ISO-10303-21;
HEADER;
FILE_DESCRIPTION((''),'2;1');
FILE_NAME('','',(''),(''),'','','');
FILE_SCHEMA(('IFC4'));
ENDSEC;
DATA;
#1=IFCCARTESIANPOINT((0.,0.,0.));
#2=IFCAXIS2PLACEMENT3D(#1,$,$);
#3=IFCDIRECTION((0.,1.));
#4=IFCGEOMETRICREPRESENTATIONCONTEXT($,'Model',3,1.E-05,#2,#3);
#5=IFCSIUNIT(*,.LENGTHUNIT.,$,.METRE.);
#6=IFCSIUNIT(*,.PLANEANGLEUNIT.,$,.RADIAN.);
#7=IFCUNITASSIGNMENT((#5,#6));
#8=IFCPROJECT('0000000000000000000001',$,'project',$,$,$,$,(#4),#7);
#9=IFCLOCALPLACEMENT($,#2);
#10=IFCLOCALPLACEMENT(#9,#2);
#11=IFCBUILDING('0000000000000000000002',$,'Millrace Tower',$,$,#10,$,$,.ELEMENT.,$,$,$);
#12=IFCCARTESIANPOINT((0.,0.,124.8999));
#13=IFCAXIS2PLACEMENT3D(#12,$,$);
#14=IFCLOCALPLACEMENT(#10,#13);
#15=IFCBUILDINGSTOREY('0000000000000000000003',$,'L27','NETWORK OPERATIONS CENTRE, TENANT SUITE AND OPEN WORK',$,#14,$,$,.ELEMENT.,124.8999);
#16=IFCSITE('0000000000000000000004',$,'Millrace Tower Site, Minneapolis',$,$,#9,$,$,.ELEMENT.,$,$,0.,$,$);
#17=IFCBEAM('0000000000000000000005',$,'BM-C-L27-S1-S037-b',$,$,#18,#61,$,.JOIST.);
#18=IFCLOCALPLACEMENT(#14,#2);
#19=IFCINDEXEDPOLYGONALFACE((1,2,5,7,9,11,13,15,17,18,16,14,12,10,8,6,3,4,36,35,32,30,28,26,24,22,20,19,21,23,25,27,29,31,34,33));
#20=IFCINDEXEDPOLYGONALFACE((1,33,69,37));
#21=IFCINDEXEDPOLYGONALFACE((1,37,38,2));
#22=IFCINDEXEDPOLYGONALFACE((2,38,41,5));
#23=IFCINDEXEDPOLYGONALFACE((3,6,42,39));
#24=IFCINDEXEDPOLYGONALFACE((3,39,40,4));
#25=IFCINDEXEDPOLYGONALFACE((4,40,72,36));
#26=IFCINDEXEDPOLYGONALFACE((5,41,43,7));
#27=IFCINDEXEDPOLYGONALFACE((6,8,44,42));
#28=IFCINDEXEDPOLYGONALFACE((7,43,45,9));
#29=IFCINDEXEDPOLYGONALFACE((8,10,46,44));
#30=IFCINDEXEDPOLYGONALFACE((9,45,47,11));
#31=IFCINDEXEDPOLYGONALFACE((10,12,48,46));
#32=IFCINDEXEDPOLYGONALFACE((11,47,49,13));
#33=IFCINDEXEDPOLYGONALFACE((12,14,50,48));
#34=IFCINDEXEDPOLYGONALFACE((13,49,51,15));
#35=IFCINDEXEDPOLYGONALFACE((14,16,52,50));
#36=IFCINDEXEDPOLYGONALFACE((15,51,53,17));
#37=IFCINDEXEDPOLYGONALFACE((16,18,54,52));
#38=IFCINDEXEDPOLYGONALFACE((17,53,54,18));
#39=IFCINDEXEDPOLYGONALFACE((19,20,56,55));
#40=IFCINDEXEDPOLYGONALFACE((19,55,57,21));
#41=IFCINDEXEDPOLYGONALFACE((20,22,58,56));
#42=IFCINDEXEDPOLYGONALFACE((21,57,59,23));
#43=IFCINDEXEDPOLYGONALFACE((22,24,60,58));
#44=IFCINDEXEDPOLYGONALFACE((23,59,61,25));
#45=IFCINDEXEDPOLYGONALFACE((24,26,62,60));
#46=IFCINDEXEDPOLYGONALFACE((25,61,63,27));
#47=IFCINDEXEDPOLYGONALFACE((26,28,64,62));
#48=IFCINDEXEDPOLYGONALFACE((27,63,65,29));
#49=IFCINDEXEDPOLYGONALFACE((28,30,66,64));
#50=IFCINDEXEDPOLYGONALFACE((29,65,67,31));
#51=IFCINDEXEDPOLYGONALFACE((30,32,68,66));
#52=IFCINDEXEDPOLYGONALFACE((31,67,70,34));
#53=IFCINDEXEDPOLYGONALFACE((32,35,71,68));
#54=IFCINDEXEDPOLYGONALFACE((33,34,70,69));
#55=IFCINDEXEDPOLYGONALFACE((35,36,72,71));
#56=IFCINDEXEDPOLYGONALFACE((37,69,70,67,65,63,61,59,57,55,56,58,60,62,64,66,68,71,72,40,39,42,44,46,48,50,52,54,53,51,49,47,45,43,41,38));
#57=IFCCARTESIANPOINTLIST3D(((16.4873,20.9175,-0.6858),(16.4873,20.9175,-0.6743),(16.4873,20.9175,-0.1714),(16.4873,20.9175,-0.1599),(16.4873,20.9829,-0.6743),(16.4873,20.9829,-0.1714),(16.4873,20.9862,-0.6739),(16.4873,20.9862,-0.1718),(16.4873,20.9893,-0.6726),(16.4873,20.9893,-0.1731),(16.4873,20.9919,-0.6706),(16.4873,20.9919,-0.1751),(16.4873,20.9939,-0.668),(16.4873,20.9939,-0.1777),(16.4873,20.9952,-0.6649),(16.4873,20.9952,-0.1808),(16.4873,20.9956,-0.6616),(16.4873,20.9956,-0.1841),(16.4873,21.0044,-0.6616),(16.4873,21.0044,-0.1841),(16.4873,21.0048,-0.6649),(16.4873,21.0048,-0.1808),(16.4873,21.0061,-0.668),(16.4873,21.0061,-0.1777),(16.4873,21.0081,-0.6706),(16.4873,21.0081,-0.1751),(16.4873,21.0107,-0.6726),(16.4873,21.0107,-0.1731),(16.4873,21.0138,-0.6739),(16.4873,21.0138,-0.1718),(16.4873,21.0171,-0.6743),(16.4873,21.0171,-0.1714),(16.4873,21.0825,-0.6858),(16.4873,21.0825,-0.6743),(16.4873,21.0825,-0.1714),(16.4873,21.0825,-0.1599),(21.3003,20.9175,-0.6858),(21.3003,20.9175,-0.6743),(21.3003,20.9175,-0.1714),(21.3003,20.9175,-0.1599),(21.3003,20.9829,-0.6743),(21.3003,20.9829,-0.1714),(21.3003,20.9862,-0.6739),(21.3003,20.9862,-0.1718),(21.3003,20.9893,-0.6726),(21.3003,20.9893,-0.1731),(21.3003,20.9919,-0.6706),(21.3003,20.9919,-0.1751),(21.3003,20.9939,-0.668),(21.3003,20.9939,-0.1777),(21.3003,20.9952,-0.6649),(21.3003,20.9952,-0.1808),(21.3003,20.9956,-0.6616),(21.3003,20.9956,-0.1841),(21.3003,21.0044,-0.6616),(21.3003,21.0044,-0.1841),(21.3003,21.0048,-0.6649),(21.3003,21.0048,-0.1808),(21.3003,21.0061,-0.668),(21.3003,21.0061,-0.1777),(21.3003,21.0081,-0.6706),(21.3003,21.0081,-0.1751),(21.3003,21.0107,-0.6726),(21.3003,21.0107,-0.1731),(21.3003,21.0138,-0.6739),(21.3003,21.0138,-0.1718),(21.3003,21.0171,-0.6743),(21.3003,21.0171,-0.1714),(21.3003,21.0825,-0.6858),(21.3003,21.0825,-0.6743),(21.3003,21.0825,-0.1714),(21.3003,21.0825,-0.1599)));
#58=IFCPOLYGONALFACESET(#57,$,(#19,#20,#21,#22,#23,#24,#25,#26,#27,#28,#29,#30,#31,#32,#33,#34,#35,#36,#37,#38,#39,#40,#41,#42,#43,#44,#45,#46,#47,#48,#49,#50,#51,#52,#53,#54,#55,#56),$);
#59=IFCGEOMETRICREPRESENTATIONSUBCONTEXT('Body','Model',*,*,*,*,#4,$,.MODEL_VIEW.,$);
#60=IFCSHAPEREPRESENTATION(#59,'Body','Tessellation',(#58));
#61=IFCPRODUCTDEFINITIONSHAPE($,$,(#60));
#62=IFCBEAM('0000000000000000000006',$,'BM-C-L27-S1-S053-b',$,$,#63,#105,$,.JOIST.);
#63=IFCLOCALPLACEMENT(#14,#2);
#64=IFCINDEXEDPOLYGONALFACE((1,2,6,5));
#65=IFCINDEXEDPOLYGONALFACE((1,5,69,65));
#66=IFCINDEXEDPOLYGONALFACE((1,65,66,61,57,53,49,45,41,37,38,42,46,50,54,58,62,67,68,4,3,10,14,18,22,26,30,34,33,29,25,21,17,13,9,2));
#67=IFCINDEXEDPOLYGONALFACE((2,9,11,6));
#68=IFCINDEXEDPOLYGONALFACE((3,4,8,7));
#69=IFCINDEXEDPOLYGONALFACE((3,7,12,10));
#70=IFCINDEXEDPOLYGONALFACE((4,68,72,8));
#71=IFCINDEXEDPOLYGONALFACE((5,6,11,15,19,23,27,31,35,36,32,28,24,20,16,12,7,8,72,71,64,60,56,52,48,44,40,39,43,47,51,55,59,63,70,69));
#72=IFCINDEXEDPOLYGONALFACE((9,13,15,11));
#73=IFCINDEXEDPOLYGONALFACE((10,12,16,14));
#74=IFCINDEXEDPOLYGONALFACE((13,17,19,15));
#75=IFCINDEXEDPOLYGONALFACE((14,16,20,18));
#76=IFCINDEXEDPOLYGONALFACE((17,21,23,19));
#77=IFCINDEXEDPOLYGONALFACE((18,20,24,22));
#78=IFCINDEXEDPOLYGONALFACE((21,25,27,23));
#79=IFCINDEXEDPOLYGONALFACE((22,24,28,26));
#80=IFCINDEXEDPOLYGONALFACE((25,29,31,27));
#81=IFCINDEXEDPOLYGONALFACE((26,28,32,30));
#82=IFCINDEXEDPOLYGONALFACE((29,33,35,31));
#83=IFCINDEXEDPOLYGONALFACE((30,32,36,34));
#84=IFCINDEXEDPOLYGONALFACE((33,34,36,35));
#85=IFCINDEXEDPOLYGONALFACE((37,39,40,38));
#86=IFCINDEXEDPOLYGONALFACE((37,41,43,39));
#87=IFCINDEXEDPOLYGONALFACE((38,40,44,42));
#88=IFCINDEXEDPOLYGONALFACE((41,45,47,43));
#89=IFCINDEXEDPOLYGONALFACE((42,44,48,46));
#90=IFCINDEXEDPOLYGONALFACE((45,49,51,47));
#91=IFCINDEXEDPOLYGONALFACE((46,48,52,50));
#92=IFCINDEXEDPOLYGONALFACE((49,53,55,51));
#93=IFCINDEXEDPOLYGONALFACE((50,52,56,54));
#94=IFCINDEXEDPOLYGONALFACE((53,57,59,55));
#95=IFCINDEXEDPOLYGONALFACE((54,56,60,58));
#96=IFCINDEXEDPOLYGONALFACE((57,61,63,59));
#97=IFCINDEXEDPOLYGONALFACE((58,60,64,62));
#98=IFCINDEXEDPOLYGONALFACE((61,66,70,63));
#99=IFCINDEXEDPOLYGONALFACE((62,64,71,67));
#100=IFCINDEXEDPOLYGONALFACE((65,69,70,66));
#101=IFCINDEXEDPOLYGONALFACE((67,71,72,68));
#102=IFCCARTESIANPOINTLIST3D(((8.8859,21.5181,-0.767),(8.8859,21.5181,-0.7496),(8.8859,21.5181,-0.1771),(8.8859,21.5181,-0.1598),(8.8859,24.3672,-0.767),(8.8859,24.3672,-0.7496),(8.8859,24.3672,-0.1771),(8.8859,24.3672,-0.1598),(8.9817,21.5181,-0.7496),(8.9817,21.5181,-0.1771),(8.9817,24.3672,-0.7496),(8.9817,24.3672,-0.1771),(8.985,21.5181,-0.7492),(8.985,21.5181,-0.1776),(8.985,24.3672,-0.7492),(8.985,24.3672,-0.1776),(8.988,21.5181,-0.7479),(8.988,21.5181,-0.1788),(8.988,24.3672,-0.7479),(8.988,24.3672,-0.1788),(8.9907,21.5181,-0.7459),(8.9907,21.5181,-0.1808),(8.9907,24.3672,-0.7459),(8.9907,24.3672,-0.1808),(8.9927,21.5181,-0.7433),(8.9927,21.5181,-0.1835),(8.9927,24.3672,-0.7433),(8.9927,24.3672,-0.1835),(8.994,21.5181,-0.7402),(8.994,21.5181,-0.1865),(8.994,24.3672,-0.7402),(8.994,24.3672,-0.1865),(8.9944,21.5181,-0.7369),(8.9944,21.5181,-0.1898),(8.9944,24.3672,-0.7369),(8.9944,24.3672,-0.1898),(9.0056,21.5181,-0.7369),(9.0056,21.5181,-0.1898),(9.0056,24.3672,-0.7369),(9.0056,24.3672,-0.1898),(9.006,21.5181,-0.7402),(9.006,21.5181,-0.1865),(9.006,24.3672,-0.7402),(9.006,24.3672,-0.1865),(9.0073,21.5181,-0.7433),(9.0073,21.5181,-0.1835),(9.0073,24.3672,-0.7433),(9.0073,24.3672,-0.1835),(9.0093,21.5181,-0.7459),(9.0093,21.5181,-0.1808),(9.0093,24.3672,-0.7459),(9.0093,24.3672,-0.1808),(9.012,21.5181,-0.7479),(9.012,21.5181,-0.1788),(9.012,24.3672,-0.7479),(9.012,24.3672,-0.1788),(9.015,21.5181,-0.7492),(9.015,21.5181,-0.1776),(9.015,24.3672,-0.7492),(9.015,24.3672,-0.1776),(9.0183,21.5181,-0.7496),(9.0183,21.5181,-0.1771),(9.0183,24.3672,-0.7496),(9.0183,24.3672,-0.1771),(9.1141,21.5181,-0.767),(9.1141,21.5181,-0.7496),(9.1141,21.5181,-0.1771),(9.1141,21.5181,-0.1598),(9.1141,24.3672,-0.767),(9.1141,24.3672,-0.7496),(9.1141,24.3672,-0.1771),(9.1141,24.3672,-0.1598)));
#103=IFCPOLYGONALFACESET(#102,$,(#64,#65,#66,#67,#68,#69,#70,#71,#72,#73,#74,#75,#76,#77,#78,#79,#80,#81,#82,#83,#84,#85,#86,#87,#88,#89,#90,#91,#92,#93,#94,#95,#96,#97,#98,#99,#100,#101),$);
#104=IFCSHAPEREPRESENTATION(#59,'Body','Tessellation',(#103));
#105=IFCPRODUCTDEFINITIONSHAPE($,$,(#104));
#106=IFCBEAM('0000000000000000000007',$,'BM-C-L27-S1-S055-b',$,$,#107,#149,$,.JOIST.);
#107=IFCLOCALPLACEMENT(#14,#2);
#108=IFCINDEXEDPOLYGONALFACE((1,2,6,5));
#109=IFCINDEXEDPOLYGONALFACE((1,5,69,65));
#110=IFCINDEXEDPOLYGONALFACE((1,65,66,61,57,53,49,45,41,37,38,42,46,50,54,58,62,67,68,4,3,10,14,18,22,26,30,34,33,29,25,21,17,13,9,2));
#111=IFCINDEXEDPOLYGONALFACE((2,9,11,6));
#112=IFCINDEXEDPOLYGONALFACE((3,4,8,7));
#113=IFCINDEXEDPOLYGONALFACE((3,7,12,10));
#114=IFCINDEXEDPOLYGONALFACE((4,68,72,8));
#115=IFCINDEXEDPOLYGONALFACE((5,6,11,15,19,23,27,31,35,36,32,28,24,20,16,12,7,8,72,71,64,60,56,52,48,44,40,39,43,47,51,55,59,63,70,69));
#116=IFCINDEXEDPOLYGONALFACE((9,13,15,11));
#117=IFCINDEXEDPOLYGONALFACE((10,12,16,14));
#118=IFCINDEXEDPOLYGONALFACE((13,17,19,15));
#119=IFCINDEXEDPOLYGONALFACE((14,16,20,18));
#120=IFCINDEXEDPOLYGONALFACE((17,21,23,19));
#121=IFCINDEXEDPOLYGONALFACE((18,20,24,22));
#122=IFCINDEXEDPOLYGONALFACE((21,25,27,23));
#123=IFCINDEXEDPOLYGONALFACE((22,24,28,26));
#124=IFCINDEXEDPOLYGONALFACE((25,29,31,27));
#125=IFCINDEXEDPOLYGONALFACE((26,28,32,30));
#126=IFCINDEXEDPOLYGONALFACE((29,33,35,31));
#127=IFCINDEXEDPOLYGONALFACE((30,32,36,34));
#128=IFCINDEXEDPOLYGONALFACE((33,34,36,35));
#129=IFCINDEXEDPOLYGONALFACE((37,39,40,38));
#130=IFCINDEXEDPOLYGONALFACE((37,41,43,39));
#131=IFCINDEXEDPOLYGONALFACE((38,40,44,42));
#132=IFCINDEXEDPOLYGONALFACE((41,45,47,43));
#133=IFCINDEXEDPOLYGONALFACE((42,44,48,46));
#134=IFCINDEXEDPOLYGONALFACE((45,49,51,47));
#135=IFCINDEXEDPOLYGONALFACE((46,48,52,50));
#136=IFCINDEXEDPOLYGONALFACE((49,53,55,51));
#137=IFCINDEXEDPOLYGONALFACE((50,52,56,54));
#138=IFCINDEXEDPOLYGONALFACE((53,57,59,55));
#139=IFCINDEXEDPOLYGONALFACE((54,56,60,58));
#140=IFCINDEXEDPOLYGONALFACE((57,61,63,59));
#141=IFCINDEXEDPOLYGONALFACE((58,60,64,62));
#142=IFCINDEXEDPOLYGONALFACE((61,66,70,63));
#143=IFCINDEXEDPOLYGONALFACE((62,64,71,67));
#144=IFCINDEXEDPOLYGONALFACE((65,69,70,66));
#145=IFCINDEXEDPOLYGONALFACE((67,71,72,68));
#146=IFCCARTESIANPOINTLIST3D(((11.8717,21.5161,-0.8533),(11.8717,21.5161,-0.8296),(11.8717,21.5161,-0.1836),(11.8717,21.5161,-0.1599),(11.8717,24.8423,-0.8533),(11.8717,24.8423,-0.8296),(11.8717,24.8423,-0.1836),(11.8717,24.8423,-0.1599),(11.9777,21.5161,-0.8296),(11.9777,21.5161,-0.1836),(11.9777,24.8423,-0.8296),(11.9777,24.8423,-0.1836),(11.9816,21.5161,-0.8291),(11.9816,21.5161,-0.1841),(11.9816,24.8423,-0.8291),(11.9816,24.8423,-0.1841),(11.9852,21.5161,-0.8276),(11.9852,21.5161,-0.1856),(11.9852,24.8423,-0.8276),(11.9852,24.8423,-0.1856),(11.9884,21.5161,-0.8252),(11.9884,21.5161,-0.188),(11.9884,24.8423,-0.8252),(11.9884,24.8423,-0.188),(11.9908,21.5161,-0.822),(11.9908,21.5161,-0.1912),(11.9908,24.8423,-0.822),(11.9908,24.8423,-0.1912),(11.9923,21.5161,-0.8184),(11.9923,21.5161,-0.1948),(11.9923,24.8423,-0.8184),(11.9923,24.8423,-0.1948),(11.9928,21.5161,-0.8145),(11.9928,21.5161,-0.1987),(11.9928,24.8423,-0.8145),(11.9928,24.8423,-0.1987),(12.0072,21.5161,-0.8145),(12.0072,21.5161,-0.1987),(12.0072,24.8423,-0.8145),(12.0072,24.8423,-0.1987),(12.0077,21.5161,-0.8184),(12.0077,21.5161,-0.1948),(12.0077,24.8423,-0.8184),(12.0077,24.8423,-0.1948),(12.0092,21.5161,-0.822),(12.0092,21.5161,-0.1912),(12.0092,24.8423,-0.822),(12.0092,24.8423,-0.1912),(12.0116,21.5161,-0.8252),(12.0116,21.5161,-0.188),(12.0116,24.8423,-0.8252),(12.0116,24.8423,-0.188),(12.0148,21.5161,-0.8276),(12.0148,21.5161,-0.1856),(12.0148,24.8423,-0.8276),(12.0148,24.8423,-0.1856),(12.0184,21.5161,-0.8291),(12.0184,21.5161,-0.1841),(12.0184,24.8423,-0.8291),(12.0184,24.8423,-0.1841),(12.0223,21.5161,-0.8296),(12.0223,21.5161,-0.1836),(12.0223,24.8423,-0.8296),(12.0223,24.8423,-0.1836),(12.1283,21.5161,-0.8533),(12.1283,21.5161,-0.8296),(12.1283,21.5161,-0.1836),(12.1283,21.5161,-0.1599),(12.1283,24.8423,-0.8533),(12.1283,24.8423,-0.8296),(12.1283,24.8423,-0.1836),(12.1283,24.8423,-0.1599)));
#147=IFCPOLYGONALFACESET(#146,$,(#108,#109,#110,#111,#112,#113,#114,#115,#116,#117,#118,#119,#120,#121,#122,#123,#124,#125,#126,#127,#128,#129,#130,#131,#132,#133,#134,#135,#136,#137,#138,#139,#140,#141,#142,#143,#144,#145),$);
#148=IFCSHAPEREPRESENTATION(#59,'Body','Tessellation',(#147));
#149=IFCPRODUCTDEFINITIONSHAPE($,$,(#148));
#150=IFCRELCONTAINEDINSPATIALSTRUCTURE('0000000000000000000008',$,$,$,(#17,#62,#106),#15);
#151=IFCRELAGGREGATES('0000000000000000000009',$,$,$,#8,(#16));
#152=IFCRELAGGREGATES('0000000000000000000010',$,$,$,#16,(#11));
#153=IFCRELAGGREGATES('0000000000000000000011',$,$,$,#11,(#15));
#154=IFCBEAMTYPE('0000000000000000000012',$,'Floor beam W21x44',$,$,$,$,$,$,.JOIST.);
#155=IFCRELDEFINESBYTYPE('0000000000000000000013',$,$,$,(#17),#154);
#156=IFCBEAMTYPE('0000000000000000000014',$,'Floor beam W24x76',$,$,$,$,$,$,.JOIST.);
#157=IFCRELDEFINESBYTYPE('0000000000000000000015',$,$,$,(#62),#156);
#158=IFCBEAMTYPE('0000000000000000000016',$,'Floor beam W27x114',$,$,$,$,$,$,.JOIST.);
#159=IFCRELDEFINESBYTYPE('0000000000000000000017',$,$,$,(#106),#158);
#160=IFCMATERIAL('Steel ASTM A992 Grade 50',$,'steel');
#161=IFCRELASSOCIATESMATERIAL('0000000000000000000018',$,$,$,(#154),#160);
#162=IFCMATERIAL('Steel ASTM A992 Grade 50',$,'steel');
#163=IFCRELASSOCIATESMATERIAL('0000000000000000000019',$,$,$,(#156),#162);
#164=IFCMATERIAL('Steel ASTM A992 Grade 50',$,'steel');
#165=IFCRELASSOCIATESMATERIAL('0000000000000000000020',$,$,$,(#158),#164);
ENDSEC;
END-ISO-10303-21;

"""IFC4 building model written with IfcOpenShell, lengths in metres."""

from ifc_helpers import new_model, si_unit, direction, frame, origin, origin_2d, place, context, subcontext, project, spatial, i_section, extrude, material, material_profile, profile_set, type_object, element, save


model = new_model("IFC4")

# Units and contexts
model_context = context("Model", 3, precision=1e-05, world=origin(), true_north=direction((0.0, 1.0)))
body_context = subcontext(model_context, "Body", "Model", "MODEL_VIEW")
ifc_project = project(units=[si_unit("LENGTHUNIT", "METRE"), si_unit("PLANEANGLEUNIT", "RADIAN")], contexts=[model_context])

# Site, building, storey
site_placement = place(None, origin())
site = spatial("IfcSite", under=ifc_project, at=site_placement, Name="Millrace Tower Site, Minneapolis", CompositionType="ELEMENT", RefElevation=0.0)
building_placement = place(site_placement, origin())
building = spatial("IfcBuilding", under=site, at=building_placement, Name="Millrace Tower", CompositionType="ELEMENT")
storey_placement = place(building_placement, frame((0.0, 0.0, 124.8999)))
storey = spatial("IfcBuildingStorey", under=building, at=storey_placement, Name="L27", Description="NETWORK OPERATIONS CENTRE, TENANT SUITE AND OPEN WORK", CompositionType="ELEMENT", Elevation=124.8999)

# Beams
ifc_material_1 = material(Name="Steel ASTM A992 Grade 50", Category="steel")
ifc_material_profile_1 = material_profile(ifc_material_1, i_section(OverallWidth=0.165, OverallDepth=0.5259, WebThickness=0.0088, FlangeThickness=0.0115, FilletRadius=0.0127, at=origin_2d()))
ifc_profile_set_1 = profile_set([ifc_material_profile_1], Name="Steel ASTM A992 Grade 50")
beam_type_1 = type_object("IfcBeamType", Name="Floor beam W21x44", PredefinedType="JOIST", material=ifc_profile_set_1)
beam_1_placement = place(storey_placement, frame((16.4873, 21.0, -0.4229), z_axis=(1.0, 0.0, 0.0), x_axis=(0.0, 1.0, 0.0)))
element("IfcBeam", 1, at=beam_1_placement, inside=storey, type_object=beam_type_1, Name="BM-C-L27-S1-S037-b", PredefinedType="JOIST", context=body_context, shape_type="SweptSolid", body=[
    extrude(i_section(OverallWidth=0.165, OverallDepth=0.5259, WebThickness=0.0088, FlangeThickness=0.0115, FilletRadius=0.0127, at=origin_2d()), origin(), (0.0, 0.0, 1.0), 4.813),
])
ifc_material_2 = material(Name="Steel ASTM A992 Grade 50", Category="steel")
ifc_material_profile_2 = material_profile(ifc_material_2, i_section(OverallWidth=0.2283, OverallDepth=0.6072, WebThickness=0.0112, FlangeThickness=0.0173, FilletRadius=0.0127, at=origin_2d()))
ifc_profile_set_2 = profile_set([ifc_material_profile_2], Name="Steel ASTM A992 Grade 50")
beam_type_2 = type_object("IfcBeamType", Name="Floor beam W24x76", PredefinedType="JOIST", material=ifc_profile_set_2)
beam_2_placement = place(storey_placement, frame((9.0, 21.5181, -0.4634), z_axis=(0.0, 1.0, 0.0), x_axis=(-1.0, 0.0, 0.0)))
element("IfcBeam", 2, at=beam_2_placement, inside=storey, type_object=beam_type_2, Name="BM-C-L27-S1-S053-b", PredefinedType="JOIST", context=body_context, shape_type="SweptSolid", body=[
    extrude(i_section(OverallWidth=0.2283, OverallDepth=0.6072, WebThickness=0.0112, FlangeThickness=0.0173, FilletRadius=0.0127, at=origin_2d()), origin(), (0.0, 0.0, 1.0), 2.8491),
])
ifc_material_3 = material(Name="Steel ASTM A992 Grade 50", Category="steel")
ifc_material_profile_3 = material_profile(ifc_material_3, i_section(OverallWidth=0.2566, OverallDepth=0.6934, WebThickness=0.0144, FlangeThickness=0.0237, FilletRadius=0.0151, at=origin_2d()))
ifc_profile_set_3 = profile_set([ifc_material_profile_3], Name="Steel ASTM A992 Grade 50")
beam_type_3 = type_object("IfcBeamType", Name="Floor beam W27x114", PredefinedType="JOIST", material=ifc_profile_set_3)
beam_3_placement = place(storey_placement, frame((12.0, 21.5161, -0.5066), z_axis=(0.0, 1.0, 0.0), x_axis=(-1.0, 0.0, 0.0)))
element("IfcBeam", 3, at=beam_3_placement, inside=storey, type_object=beam_type_3, Name="BM-C-L27-S1-S055-b", PredefinedType="JOIST", context=body_context, shape_type="SweptSolid", body=[
    extrude(i_section(OverallWidth=0.2566, OverallDepth=0.6934, WebThickness=0.0144, FlangeThickness=0.0237, FilletRadius=0.0151, at=origin_2d()), origin(), (0.0, 0.0, 1.0), 3.3262),
])

save(model, "model.ifc")
